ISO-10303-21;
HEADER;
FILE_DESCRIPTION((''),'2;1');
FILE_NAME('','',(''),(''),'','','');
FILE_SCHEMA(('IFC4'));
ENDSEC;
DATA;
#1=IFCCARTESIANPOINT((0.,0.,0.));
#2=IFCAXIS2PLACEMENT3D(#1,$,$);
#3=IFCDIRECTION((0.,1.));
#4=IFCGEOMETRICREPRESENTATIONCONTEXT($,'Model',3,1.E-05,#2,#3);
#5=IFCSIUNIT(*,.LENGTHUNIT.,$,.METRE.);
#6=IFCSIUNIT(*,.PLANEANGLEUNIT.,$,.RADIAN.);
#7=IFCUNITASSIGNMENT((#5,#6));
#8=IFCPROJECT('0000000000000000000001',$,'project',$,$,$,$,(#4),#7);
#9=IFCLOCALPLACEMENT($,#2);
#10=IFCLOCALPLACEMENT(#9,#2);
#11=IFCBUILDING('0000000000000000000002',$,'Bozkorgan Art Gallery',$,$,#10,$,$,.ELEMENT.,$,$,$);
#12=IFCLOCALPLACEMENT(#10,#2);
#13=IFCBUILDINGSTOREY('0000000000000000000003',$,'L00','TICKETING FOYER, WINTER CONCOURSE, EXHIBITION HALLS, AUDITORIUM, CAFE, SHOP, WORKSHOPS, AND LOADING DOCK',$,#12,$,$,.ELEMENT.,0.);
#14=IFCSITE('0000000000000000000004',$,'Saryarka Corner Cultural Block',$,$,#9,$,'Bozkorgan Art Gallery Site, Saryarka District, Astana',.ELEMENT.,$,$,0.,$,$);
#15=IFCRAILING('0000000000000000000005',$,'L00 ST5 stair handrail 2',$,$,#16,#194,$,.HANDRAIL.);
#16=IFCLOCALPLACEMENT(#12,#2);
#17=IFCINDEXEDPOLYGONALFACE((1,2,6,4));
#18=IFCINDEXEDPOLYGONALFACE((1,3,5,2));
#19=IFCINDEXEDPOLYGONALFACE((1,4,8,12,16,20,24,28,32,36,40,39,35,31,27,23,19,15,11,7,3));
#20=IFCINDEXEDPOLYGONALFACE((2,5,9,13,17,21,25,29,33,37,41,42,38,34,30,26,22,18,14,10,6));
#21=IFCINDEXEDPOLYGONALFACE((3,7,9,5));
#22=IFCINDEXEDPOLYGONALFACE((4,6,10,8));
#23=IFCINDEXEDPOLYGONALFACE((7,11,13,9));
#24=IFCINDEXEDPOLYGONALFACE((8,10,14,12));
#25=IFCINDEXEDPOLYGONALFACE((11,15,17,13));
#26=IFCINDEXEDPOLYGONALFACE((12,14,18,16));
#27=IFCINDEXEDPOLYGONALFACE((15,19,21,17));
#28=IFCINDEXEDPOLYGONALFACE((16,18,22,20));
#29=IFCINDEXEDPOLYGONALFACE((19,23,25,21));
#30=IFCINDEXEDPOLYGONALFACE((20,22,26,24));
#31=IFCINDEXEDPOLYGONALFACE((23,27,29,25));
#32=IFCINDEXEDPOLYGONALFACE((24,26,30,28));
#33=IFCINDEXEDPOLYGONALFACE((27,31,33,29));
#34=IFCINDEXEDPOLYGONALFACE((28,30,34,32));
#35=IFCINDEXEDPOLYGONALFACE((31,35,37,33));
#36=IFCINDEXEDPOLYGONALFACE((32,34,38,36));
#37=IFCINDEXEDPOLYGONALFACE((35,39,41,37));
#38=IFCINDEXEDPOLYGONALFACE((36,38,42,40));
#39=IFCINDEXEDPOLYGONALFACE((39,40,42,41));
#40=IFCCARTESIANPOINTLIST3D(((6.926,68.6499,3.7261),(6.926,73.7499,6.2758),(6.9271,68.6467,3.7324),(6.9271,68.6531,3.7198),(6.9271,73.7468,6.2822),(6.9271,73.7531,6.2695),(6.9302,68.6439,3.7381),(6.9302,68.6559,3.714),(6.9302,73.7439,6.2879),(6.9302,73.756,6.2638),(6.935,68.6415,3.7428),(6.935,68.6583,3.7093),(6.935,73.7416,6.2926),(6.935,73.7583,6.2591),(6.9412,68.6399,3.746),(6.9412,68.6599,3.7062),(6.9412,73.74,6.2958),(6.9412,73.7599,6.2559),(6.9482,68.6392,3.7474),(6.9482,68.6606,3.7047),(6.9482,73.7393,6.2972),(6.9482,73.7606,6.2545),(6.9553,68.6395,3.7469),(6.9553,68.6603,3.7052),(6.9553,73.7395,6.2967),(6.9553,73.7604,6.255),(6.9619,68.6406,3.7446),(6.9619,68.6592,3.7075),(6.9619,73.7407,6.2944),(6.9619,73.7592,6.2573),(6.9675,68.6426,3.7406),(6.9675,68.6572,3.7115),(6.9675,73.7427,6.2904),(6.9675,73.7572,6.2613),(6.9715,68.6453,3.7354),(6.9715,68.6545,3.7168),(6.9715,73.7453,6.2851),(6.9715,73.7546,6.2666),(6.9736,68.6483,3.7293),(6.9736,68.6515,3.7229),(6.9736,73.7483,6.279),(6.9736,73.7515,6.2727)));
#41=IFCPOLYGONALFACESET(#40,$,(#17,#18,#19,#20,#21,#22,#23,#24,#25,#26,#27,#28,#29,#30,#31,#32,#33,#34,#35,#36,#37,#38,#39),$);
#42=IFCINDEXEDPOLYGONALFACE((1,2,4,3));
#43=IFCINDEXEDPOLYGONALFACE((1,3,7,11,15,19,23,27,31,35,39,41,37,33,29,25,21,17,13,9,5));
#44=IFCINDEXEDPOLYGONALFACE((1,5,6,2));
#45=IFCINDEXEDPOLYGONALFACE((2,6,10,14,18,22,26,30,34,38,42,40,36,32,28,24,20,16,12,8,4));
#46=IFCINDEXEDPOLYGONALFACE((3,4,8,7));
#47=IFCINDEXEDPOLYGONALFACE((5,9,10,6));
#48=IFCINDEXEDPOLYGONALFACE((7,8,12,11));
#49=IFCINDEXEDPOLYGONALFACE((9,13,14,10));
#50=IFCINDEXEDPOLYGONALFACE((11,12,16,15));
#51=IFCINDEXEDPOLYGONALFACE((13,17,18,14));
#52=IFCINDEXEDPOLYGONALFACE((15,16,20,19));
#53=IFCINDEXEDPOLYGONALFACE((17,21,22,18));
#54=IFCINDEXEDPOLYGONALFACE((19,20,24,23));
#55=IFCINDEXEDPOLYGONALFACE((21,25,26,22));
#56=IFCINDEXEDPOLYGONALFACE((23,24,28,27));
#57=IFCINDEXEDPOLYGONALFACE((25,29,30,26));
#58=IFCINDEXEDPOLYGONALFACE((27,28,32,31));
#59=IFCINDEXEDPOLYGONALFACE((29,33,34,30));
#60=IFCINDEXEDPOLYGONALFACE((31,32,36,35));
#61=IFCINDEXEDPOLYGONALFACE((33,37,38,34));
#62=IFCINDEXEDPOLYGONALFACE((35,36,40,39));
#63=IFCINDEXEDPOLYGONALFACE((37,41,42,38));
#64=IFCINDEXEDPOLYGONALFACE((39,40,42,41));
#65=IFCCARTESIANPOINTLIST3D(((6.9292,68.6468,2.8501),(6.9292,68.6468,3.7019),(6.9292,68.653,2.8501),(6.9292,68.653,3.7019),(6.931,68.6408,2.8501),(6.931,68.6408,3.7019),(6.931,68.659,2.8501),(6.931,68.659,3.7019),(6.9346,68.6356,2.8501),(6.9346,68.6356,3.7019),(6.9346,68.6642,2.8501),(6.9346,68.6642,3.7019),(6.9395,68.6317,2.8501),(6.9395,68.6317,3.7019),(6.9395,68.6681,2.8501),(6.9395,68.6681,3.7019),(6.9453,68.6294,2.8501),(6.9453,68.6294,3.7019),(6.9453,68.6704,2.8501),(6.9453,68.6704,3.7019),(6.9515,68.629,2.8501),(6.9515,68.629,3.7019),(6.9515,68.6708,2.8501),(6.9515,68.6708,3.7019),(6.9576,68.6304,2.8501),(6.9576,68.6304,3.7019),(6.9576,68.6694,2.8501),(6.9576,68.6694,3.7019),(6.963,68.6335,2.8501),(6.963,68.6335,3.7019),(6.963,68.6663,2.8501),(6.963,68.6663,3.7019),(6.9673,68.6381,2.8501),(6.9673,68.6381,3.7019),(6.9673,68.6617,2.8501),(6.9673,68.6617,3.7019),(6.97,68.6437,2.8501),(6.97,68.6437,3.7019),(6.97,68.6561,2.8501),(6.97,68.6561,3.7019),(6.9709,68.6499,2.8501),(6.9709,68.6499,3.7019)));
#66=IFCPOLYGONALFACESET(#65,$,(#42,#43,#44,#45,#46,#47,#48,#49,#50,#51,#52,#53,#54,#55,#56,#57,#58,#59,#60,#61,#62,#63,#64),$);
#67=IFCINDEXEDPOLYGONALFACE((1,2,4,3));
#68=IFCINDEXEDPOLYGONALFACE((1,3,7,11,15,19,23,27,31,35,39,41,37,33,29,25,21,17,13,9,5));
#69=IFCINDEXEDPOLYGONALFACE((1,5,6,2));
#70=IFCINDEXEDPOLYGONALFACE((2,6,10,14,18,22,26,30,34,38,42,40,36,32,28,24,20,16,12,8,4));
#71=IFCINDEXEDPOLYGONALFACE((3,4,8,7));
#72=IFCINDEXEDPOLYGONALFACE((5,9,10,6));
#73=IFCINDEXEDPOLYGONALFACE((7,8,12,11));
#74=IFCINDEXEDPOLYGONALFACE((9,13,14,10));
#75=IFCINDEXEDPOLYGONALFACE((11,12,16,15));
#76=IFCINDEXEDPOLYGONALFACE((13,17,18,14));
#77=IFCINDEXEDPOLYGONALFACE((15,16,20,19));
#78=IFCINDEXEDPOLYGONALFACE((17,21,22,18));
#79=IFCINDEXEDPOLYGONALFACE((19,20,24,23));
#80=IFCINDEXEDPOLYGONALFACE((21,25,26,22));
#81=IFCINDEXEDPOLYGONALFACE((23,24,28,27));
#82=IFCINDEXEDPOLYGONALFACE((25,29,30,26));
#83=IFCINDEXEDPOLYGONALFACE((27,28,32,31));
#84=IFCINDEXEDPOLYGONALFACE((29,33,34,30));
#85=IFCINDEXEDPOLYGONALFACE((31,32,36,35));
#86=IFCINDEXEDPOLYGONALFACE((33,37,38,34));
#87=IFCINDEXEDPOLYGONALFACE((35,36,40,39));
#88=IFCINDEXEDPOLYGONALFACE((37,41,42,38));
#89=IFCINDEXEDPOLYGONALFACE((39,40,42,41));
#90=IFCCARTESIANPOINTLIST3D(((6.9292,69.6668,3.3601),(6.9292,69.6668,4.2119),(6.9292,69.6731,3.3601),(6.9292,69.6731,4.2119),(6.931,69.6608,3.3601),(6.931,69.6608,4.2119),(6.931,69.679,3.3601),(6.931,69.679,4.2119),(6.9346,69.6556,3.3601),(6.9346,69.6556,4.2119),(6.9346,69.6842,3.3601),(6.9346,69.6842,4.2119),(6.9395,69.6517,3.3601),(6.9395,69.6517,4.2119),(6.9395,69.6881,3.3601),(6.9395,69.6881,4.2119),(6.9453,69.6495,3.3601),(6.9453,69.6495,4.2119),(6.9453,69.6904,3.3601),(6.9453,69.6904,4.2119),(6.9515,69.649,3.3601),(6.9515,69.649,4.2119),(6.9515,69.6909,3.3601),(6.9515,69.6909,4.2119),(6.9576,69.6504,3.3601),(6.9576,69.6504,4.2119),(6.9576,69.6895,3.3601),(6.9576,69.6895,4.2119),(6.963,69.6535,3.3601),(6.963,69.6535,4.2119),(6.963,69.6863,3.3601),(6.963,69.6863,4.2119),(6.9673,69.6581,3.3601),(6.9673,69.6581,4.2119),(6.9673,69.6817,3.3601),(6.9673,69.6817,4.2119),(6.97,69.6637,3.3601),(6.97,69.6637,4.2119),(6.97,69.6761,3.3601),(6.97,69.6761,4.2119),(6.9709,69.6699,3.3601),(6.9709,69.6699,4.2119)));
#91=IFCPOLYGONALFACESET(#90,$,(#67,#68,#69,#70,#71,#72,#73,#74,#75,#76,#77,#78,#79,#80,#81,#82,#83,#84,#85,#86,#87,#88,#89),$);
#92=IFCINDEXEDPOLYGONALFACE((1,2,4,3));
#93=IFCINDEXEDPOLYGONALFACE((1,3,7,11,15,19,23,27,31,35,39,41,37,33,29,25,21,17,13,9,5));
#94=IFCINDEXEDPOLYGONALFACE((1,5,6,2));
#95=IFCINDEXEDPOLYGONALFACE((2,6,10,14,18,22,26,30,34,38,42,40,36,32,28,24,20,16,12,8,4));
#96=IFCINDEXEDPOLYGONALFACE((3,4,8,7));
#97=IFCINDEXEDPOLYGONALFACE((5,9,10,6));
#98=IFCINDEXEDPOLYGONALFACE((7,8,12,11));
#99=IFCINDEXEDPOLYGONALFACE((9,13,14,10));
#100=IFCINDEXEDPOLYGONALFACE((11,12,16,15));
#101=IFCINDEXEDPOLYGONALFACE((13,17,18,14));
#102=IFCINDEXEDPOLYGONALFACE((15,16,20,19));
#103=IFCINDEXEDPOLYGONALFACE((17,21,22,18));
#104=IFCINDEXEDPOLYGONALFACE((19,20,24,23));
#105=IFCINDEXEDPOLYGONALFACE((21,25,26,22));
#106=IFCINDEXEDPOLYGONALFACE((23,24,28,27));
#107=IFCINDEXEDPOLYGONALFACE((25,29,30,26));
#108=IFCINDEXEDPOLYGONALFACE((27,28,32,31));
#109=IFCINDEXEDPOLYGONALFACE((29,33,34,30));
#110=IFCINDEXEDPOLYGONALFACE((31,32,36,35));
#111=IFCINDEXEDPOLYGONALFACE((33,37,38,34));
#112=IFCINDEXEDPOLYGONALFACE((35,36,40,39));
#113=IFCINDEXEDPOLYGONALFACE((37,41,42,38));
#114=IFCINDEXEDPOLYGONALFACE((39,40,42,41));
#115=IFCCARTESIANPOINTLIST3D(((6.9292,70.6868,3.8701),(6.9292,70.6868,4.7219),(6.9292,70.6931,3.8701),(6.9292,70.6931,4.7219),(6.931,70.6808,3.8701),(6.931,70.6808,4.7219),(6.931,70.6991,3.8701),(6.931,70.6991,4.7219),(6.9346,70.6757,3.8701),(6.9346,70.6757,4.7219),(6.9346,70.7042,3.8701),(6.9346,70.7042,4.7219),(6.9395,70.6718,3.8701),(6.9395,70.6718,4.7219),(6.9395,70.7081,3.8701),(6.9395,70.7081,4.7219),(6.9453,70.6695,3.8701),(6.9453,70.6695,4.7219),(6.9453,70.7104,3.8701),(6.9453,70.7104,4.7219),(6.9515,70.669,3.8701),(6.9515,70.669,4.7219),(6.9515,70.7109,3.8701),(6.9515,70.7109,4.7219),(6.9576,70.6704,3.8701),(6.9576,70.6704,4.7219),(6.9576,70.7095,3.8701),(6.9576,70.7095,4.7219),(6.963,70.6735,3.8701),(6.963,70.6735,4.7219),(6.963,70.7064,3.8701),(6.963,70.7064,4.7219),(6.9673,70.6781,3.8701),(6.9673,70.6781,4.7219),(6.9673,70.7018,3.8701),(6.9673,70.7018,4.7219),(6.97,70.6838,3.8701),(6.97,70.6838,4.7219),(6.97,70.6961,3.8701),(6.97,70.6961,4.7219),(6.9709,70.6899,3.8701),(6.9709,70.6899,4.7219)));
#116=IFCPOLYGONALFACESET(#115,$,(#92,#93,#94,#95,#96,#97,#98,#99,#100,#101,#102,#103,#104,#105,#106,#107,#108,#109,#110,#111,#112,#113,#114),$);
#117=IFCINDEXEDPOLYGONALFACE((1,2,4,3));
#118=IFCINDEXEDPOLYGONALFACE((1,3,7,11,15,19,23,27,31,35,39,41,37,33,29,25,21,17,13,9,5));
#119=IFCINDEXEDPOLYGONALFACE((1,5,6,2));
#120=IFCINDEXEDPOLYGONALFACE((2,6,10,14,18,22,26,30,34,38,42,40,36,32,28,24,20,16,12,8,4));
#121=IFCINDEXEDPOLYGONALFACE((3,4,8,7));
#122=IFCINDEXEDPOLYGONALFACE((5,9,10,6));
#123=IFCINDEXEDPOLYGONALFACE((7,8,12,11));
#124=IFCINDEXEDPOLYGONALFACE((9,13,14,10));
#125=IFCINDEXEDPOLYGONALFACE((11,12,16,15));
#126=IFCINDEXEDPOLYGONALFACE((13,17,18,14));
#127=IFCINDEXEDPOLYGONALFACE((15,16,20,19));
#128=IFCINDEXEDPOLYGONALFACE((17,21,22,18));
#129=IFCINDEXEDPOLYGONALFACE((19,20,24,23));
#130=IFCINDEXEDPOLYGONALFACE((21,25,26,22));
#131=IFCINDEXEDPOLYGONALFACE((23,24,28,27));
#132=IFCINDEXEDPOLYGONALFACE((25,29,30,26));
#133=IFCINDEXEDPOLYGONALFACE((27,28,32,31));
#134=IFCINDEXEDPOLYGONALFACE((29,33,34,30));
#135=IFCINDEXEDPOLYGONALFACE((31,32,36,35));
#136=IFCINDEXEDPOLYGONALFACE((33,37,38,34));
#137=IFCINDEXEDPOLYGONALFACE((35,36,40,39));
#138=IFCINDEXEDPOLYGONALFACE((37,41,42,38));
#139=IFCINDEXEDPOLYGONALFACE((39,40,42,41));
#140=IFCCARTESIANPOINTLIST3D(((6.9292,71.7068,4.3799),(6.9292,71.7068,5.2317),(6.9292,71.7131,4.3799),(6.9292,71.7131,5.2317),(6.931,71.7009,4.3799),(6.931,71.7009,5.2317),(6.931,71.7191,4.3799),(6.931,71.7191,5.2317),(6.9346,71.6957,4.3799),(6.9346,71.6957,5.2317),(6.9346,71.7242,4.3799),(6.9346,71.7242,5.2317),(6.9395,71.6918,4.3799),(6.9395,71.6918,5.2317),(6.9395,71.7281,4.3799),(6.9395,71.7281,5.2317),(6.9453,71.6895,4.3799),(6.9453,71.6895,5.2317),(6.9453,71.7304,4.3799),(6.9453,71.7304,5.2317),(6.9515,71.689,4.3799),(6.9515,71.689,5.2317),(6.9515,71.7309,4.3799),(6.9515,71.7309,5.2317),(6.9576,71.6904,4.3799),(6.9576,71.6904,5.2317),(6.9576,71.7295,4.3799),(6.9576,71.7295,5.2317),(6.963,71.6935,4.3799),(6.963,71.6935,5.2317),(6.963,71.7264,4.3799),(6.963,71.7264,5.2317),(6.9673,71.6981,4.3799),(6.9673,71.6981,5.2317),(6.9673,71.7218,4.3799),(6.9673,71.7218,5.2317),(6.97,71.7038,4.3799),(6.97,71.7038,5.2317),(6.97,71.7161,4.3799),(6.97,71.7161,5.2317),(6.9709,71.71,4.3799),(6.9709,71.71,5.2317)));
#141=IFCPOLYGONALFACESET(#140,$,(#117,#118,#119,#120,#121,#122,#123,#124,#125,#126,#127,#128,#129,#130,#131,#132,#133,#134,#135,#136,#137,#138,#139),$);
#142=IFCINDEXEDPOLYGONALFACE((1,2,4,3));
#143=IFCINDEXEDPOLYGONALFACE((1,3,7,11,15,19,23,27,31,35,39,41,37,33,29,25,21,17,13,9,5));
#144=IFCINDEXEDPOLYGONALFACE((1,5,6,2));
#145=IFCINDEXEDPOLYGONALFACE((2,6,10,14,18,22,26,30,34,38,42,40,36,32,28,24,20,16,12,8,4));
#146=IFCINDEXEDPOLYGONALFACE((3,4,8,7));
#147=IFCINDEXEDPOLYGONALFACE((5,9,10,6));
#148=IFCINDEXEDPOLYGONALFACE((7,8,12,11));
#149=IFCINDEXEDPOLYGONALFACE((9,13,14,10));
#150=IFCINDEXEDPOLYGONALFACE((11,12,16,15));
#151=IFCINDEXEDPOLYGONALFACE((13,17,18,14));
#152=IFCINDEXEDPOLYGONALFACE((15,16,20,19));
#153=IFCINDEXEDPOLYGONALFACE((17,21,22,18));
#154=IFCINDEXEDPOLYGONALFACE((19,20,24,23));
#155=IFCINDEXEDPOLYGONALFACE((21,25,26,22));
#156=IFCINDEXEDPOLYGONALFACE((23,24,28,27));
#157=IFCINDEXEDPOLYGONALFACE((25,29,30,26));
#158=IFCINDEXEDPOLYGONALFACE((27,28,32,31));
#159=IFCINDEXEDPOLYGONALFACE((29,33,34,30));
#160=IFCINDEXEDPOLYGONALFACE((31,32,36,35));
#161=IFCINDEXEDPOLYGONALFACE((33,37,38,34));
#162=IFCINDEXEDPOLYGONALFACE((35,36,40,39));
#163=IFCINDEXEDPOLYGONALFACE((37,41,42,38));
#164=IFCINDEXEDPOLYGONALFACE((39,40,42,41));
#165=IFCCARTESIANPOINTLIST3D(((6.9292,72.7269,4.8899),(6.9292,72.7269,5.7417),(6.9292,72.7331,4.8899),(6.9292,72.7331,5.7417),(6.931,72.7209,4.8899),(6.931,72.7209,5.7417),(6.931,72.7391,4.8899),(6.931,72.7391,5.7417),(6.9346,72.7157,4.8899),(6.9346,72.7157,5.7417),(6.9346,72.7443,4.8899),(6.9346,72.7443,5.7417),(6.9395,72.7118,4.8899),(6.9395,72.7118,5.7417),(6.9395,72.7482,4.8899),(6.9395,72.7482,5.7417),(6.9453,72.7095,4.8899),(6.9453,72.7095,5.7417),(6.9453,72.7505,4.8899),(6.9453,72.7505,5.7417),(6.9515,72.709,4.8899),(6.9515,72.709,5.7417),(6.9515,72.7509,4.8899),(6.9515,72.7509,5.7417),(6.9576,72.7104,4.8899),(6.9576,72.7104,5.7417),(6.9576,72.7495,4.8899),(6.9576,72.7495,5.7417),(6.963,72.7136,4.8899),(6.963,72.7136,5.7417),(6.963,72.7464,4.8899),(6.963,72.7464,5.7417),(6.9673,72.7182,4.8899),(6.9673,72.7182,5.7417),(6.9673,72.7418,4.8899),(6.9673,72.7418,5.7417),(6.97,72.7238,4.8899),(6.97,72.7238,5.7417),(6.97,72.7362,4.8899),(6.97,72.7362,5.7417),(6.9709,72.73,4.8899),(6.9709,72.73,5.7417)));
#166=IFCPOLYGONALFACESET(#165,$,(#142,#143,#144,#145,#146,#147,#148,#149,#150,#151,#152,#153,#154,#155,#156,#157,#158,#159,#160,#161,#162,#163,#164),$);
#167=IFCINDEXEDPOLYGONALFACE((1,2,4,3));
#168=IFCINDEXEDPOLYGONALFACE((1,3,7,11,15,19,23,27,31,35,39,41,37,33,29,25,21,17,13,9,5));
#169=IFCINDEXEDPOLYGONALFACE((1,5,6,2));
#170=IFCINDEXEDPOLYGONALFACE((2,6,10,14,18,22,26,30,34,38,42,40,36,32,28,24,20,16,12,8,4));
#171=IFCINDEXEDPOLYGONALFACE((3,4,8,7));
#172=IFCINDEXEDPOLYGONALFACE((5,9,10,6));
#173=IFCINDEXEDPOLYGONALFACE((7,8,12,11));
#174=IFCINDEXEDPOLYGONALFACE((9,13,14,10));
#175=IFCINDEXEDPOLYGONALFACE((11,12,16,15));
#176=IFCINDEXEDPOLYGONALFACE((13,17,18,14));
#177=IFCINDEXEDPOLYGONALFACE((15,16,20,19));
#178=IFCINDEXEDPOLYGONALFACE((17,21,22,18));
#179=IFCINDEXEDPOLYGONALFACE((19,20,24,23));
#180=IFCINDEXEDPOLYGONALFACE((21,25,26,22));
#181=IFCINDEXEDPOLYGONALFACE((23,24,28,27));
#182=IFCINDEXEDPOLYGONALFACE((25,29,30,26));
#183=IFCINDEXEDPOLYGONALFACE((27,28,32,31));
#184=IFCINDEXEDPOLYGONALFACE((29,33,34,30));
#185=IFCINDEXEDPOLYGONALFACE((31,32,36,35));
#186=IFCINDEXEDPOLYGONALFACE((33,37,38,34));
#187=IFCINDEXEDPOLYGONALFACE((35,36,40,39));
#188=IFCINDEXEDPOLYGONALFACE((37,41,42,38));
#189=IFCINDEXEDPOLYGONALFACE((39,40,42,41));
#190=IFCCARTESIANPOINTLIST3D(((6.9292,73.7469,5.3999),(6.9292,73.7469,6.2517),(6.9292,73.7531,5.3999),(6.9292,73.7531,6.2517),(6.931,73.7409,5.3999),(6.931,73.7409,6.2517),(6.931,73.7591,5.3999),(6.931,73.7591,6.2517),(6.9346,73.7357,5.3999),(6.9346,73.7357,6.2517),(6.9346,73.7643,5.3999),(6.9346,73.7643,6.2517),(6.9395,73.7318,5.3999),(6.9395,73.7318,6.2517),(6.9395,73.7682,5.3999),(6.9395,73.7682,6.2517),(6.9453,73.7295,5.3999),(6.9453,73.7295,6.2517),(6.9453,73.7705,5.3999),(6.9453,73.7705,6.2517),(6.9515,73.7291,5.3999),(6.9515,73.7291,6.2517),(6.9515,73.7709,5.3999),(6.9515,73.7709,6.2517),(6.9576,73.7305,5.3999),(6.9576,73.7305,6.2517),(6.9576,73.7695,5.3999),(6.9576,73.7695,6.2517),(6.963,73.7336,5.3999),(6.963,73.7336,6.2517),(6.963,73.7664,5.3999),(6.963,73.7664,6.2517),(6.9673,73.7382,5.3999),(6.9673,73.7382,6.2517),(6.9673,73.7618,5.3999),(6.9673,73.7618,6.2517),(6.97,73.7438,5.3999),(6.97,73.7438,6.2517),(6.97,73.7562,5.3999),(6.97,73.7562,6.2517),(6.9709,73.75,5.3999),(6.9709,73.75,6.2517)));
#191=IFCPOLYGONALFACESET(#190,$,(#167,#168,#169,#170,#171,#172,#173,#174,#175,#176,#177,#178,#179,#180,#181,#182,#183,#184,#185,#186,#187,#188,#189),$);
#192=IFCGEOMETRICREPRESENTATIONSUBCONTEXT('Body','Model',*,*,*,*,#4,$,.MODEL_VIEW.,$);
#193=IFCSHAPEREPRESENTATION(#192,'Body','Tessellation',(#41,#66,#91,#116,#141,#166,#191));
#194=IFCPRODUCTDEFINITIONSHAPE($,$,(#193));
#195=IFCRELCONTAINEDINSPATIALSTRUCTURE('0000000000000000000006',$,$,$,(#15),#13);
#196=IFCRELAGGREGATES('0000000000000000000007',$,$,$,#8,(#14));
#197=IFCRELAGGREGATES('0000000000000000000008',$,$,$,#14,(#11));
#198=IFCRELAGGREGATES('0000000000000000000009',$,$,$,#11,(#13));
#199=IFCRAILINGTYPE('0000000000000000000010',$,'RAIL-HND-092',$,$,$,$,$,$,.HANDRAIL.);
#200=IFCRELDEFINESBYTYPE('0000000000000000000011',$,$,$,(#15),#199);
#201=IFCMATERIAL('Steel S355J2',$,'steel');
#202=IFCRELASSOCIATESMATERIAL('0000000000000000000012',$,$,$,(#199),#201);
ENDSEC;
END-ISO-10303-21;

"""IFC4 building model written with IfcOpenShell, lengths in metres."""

from ifc_helpers import new_model, si_unit, direction, frame, origin, origin_2d, place, context, subcontext, project, spatial, circle, extrude, material, type_object, element, save


model = new_model("IFC4")

# Units and contexts
model_context = context("Model", 3, precision=1e-05, world=origin(), true_north=direction((0.0, 1.0)))
body_context = subcontext(model_context, "Body", "Model", "MODEL_VIEW")
ifc_project = project(units=[si_unit("LENGTHUNIT", "METRE"), si_unit("PLANEANGLEUNIT", "RADIAN")], contexts=[model_context])

# Site, building, storey
site_placement = place(None, origin())
site = spatial("IfcSite", under=ifc_project, at=site_placement, Name="Saryarka Corner Cultural Block", LongName="Bozkorgan Art Gallery Site, Saryarka District, Astana", CompositionType="ELEMENT", RefElevation=0.0)
building_placement = place(site_placement, origin())
building = spatial("IfcBuilding", under=site, at=building_placement, Name="Bozkorgan Art Gallery", CompositionType="ELEMENT")
storey_placement = place(building_placement, origin())
storey = spatial("IfcBuildingStorey", under=building, at=storey_placement, Name="L00", Description="TICKETING FOYER, WINTER CONCOURSE, EXHIBITION HALLS, AUDITORIUM, CAFE, SHOP, WORKSHOPS, AND LOADING DOCK", CompositionType="ELEMENT", Elevation=0.0)

# Shared definitions
ifc_material_1 = material(Name="Steel S355J2", Category="steel")

# Railing
railing_type_1 = type_object("IfcRailingType", Name="RAIL-HND-092", PredefinedType="HANDRAIL", material=ifc_material_1)
railing_1_placement = place(storey_placement, frame((6.95, 68.6499, 2.8501)))
element("IfcRailing", 1, at=railing_1_placement, inside=storey, type_object=railing_type_1, Name="L00 ST5 stair handrail 2", PredefinedType="HANDRAIL", context=body_context, shape_type="SweptSolid", body=[
    extrude(circle(Radius=0.0239, at=origin_2d()), frame((0.0, 0.0, 0.876), z_axis=(0.0, 0.894444, 0.447179), x_axis=(-1.0, 0.0, 0.0)), (0.0, 0.0, 1.0), 5.7019),
    extrude(circle(Radius=0.021, at=origin_2d()), origin(), (0.0, 0.0, 1.0), 0.8518),
    extrude(circle(Radius=0.021, at=origin_2d()), frame((0.0, 1.02, 0.51)), (0.0, 0.0, 1.0), 0.8518),
    extrude(circle(Radius=0.021, at=origin_2d()), frame((0.0, 2.04, 1.02)), (0.0, 0.0, 1.0), 0.8518),
    extrude(circle(Radius=0.021, at=origin_2d()), frame((0.0, 3.0601, 1.5298)), (0.0, 0.0, 1.0), 0.8518),
    extrude(circle(Radius=0.021, at=origin_2d()), frame((0.0, 4.0801, 2.0398)), (0.0, 0.0, 1.0), 0.8518),
    extrude(circle(Radius=0.021, at=origin_2d()), frame((0.0, 5.1001, 2.5498)), (0.0, 0.0, 1.0), 0.8518),
])

save(model, "model.ifc")
